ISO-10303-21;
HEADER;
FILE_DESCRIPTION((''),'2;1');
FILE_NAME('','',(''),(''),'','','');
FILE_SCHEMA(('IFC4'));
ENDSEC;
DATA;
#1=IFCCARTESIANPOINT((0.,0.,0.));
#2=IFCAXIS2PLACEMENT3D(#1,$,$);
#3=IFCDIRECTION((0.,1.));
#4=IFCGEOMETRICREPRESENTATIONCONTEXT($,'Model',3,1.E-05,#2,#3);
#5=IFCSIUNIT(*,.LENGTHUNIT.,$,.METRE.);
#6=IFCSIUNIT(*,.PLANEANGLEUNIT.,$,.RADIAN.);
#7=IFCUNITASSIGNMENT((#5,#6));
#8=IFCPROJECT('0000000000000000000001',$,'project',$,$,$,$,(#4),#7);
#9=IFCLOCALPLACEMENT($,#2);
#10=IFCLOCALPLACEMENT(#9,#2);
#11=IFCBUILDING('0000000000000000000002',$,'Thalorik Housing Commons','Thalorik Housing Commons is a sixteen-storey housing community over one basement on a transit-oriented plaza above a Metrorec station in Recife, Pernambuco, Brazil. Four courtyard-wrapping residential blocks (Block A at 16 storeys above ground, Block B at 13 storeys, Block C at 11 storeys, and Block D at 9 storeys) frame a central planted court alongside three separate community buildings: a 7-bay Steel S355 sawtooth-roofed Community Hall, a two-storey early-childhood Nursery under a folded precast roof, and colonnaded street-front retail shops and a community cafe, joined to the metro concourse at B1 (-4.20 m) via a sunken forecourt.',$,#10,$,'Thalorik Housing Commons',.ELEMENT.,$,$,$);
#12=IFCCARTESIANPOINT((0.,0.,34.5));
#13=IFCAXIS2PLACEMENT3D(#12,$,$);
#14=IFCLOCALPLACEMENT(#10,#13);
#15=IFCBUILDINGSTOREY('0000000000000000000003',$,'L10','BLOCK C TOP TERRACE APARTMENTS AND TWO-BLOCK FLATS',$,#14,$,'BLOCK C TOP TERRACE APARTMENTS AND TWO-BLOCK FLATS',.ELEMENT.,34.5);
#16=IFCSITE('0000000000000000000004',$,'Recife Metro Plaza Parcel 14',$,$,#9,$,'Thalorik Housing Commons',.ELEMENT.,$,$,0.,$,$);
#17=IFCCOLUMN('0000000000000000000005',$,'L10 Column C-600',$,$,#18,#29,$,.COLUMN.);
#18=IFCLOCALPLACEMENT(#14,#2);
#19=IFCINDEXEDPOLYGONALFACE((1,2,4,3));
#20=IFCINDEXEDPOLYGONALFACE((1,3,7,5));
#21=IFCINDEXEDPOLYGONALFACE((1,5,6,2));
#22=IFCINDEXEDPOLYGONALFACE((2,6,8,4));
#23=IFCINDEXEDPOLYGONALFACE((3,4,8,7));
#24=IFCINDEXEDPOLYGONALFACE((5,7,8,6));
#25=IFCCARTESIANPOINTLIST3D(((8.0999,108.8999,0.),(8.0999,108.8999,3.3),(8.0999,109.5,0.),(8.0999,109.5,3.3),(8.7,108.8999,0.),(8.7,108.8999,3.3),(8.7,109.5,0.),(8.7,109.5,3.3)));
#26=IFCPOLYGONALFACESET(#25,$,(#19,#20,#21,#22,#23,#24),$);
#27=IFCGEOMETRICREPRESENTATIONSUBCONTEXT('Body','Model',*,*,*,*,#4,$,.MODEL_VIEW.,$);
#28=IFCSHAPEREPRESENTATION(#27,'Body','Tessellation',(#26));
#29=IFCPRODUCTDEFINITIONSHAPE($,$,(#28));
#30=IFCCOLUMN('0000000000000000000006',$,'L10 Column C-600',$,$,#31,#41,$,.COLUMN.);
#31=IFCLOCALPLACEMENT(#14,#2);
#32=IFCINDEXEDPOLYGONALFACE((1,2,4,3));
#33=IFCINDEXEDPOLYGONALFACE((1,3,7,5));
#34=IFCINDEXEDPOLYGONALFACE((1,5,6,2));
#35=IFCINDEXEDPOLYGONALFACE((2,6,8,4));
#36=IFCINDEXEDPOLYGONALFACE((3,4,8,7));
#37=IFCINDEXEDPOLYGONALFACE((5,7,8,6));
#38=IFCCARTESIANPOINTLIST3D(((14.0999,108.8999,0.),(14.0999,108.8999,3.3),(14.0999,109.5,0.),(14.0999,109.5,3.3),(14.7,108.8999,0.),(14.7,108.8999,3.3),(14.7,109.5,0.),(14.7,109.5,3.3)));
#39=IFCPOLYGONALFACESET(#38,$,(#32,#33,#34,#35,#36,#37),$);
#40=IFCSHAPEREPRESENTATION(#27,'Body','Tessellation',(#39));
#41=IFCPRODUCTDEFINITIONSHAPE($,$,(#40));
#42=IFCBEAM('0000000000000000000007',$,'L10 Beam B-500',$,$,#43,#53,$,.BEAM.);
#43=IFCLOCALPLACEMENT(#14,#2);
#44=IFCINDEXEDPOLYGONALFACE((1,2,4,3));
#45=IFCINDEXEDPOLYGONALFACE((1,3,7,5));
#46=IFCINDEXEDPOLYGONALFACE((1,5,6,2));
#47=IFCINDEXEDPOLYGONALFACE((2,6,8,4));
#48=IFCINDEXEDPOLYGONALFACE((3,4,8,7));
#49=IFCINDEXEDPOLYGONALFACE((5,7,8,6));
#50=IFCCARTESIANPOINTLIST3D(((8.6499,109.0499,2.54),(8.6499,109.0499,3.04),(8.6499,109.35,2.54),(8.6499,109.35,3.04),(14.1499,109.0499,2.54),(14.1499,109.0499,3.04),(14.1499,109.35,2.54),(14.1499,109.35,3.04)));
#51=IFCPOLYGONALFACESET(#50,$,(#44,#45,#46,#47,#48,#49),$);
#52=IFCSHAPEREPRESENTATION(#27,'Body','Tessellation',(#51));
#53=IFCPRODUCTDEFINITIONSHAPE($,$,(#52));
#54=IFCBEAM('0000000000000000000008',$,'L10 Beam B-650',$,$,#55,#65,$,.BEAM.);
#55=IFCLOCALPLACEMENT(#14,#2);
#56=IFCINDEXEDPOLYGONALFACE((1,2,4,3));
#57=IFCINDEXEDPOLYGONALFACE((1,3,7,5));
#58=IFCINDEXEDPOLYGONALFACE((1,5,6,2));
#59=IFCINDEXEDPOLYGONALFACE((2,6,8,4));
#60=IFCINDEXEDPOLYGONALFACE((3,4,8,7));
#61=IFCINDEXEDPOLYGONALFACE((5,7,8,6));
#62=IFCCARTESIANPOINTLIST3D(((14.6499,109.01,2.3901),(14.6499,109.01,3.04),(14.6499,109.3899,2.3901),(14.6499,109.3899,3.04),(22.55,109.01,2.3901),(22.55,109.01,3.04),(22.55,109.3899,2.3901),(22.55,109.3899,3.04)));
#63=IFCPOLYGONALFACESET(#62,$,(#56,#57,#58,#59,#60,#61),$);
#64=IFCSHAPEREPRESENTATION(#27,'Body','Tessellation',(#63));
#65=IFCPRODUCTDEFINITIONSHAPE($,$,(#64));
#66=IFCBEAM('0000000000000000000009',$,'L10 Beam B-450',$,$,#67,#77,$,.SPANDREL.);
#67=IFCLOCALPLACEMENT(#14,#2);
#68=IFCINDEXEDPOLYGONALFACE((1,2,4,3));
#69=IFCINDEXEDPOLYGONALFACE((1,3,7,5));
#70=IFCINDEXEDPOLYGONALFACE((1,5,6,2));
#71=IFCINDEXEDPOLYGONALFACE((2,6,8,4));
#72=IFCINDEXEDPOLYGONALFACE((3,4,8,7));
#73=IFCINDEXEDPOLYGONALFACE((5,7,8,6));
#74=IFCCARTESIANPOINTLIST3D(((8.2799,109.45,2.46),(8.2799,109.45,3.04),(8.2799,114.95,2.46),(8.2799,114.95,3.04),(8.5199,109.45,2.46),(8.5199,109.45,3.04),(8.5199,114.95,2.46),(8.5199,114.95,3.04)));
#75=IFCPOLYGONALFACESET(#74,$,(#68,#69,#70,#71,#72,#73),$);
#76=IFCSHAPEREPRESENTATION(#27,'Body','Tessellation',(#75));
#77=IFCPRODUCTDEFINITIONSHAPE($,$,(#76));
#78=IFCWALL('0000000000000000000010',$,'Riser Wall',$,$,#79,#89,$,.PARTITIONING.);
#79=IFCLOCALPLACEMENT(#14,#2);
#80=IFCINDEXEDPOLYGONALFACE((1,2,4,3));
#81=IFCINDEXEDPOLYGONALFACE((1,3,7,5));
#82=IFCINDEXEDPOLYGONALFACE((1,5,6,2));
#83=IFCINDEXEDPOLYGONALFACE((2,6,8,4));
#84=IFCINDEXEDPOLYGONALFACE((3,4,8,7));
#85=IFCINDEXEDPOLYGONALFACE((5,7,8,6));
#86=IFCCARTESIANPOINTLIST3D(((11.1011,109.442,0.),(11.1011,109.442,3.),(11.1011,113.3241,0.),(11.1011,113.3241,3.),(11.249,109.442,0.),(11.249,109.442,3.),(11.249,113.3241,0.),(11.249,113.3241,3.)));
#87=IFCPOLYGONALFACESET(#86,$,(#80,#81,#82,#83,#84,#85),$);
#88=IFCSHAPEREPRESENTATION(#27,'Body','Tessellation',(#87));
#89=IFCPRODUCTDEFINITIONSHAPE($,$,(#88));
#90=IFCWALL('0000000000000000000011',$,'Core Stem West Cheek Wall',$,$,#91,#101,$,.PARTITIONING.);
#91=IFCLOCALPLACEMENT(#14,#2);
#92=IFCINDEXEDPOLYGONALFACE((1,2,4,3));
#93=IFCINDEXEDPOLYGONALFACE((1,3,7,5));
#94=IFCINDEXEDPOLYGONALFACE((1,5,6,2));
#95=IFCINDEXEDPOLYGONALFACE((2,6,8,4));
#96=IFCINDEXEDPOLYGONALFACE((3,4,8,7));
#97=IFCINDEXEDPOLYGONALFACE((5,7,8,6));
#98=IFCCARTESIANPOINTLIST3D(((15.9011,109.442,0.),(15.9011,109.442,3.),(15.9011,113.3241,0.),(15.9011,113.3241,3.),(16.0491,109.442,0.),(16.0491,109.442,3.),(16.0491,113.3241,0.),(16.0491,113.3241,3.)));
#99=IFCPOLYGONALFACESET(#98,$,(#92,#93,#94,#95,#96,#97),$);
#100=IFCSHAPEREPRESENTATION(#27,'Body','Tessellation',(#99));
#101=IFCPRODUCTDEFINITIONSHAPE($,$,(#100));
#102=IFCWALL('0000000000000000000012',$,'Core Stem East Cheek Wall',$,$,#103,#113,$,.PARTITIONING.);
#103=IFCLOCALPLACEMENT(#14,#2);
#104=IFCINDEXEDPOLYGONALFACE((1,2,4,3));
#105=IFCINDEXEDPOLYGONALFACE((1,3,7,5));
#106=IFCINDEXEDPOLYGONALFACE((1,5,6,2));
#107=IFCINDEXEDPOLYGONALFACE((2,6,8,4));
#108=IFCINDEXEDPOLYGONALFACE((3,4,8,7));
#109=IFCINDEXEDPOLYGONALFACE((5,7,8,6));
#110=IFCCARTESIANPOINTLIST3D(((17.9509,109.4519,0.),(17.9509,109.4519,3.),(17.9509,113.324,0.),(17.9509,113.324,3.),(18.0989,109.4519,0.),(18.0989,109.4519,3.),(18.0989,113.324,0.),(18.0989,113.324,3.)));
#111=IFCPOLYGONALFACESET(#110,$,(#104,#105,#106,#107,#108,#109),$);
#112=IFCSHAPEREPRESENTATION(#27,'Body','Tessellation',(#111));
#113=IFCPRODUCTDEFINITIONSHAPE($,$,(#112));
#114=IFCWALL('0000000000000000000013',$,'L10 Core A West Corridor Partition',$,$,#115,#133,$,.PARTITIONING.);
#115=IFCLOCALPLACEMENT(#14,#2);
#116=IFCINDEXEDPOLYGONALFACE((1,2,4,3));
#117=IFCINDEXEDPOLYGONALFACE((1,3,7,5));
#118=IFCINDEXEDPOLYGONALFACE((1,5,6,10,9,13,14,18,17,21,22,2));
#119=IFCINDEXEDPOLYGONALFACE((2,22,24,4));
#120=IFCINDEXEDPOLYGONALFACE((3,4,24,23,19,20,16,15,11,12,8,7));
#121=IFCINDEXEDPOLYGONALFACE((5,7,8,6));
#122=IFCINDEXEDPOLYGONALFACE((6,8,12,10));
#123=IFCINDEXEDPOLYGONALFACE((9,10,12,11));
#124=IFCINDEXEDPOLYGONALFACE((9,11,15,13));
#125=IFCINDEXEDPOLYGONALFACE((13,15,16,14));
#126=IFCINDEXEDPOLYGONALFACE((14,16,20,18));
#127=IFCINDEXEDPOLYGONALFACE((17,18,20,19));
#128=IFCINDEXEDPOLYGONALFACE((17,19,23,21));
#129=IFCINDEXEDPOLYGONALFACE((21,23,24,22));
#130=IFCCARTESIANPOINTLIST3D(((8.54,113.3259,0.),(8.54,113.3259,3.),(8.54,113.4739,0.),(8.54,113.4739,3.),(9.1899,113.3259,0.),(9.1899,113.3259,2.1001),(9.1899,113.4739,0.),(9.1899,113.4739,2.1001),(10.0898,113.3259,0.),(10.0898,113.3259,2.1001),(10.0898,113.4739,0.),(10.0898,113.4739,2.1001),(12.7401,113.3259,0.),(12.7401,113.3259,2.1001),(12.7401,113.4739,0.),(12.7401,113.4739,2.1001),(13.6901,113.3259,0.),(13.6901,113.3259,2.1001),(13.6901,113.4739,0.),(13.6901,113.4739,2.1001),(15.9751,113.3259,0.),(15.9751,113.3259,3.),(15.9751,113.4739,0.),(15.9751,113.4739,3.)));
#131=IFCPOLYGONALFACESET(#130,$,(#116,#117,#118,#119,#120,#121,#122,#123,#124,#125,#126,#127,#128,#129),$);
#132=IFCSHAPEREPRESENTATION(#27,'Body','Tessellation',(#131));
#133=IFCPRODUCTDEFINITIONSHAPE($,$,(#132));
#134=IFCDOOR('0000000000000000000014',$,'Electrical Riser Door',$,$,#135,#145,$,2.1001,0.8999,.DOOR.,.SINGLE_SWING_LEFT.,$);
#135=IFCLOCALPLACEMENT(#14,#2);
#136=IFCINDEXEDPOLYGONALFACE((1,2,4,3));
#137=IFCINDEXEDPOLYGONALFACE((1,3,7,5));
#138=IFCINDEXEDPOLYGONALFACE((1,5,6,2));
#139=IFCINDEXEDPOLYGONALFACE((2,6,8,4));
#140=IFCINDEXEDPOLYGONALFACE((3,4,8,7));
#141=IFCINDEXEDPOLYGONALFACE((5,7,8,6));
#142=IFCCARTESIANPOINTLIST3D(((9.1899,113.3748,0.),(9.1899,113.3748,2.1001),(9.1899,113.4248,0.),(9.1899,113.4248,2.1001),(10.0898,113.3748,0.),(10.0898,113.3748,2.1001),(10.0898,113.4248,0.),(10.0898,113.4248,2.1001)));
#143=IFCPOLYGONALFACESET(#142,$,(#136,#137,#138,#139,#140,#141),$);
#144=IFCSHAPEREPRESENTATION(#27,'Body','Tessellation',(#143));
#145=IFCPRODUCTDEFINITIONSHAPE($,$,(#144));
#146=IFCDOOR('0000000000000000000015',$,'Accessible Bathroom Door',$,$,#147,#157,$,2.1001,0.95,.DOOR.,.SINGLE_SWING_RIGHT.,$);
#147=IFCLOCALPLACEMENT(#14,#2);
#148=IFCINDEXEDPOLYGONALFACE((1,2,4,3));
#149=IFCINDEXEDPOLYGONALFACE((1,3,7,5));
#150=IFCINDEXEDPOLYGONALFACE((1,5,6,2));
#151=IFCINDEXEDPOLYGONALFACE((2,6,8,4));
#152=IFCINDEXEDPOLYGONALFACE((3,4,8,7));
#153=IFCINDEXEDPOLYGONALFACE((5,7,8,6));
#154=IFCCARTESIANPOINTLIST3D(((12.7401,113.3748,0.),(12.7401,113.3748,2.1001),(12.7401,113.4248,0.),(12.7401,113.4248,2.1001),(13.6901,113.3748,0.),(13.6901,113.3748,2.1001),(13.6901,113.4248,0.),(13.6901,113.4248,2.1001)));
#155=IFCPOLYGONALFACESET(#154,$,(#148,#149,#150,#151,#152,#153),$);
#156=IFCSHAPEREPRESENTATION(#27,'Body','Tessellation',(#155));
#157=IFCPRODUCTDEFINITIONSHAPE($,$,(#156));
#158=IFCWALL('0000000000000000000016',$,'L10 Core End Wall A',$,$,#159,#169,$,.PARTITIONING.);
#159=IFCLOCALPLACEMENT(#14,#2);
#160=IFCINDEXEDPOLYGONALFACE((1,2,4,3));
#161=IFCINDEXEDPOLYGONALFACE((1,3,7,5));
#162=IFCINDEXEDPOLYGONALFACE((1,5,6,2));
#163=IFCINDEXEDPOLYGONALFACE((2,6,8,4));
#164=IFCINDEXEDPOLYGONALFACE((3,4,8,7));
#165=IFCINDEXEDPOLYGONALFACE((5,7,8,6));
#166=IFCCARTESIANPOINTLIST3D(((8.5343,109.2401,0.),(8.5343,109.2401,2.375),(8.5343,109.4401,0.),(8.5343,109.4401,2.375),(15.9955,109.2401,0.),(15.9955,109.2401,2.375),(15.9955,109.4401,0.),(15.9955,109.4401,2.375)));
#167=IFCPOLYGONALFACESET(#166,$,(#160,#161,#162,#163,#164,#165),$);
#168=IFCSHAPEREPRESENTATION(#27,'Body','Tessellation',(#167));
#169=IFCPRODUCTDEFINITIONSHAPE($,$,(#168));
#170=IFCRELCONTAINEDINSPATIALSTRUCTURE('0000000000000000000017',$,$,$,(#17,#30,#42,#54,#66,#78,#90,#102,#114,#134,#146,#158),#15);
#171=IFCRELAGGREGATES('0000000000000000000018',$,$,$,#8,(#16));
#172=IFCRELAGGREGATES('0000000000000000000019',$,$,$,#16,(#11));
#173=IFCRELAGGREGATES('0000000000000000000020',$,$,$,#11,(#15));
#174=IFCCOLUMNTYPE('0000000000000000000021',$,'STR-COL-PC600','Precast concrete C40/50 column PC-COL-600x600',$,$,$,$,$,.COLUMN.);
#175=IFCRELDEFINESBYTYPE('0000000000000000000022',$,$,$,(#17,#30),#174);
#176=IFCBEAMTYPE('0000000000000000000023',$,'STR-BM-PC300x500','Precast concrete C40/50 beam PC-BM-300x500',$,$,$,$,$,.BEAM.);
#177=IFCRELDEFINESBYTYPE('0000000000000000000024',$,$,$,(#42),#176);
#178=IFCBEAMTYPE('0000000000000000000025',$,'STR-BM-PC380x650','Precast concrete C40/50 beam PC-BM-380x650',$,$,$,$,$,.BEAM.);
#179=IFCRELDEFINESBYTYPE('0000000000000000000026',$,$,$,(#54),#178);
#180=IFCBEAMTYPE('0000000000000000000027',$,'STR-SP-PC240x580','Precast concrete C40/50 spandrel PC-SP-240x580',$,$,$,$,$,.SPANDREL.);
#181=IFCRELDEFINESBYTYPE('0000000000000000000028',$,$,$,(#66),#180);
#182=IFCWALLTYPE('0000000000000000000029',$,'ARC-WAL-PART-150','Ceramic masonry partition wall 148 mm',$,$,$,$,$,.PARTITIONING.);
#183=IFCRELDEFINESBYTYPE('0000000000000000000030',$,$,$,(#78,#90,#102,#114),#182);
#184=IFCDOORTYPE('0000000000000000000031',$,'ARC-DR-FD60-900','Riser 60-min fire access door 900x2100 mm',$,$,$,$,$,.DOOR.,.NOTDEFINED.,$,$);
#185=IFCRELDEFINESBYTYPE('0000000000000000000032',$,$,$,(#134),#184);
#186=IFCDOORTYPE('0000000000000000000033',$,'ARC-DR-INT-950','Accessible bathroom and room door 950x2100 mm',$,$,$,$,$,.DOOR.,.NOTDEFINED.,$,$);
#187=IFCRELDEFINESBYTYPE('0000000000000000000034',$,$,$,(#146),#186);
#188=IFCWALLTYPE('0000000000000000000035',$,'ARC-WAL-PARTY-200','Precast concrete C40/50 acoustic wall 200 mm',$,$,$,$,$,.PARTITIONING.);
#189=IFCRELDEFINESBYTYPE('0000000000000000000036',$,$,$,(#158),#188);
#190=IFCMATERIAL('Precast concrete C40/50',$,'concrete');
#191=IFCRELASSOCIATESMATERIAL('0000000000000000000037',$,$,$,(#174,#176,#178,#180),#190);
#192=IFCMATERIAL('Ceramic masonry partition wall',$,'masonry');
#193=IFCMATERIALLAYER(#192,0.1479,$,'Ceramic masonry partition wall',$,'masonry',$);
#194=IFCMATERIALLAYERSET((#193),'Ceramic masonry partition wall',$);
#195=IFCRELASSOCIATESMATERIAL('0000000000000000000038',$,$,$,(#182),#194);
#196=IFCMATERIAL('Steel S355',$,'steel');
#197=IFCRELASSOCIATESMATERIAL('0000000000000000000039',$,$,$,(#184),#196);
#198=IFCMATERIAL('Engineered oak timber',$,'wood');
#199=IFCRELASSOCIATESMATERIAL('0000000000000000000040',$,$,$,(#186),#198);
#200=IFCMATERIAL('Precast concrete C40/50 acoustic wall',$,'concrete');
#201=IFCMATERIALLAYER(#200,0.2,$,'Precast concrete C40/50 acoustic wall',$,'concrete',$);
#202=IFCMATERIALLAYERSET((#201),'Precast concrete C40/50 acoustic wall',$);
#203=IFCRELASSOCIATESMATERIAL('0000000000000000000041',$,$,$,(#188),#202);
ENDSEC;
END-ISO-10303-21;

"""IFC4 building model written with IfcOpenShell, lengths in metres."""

from ifc_helpers import new_model, si_unit, direction, frame, frame_2d, origin, origin_2d, place, context, subcontext, project, spatial, rectangle, extrude, material, layer, layer_set, material_profile, profile_set, type_object, element, fill, save


model = new_model("IFC4")

# Units and contexts
model_context = context("Model", 3, precision=1e-05, world=origin(), true_north=direction((0.0, 1.0)))
body_context = subcontext(model_context, "Body", "Model", "MODEL_VIEW")
ifc_project = project(units=[si_unit("LENGTHUNIT", "METRE"), si_unit("PLANEANGLEUNIT", "RADIAN")], contexts=[model_context])

# Site, building, storey
site_placement = place(None, origin())
site = spatial("IfcSite", under=ifc_project, at=site_placement, Name="Recife Metro Plaza Parcel 14", LongName="Thalorik Housing Commons", CompositionType="ELEMENT", RefElevation=0.0)
building_placement = place(site_placement, origin())
building = spatial("IfcBuilding", under=site, at=building_placement, Name="Thalorik Housing Commons", Description="Thalorik Housing Commons is a sixteen-storey housing community over one basement on a transit-oriented plaza above a Metrorec station in Recife, Pernambuco, Brazil. Four courtyard-wrapping residential blocks (Block A at 16 storeys above ground, Block B at 13 storeys, Block C at 11 storeys, and Block D at 9 storeys) frame a central planted court alongside three separate community buildings: a 7-bay Steel S355 sawtooth-roofed Community Hall, a two-storey early-childhood Nursery under a folded precast roof, and colonnaded street-front retail shops and a community cafe, joined to the metro concourse at B1 (-4.20 m) via a sunken forecourt.", LongName="Thalorik Housing Commons", CompositionType="ELEMENT")
storey_placement = place(building_placement, frame((0.0, 0.0, 34.5)))
storey = spatial("IfcBuildingStorey", under=building, at=storey_placement, Name="L10", Description="BLOCK C TOP TERRACE APARTMENTS AND TWO-BLOCK FLATS", LongName="BLOCK C TOP TERRACE APARTMENTS AND TWO-BLOCK FLATS", CompositionType="ELEMENT", Elevation=34.5)

# Columns
ifc_material_1 = material(Name="Precast concrete C40/50", Category="concrete")
ifc_material_profile_1 = material_profile(ifc_material_1, rectangle(XDim=0.6001, YDim=0.6001, at=origin_2d()), Name="PC 600x600", Category="concrete")
ifc_profile_set_1 = profile_set([ifc_material_profile_1], Name="Precast concrete C40/50")
column_type = type_object("IfcColumnType", Name="STR-COL-PC600", Description="Precast concrete C40/50 column PC-COL-600x600", PredefinedType="COLUMN", material=ifc_profile_set_1)
for number, where, z_axis, x_axis, name in (
    (1, (8.3999, 109.2, 0.0), (0.0, 0.0, 1.0), (1.0, 0.0, 0.0), "L10 Column C-600"),
    (2, (14.3999, 109.2, 0.0), (0.0, 0.0, 1.0), (1.0, 0.0, 0.0), "L10 Column C-600"),
):
    element("IfcColumn", number, at=place(storey_placement, frame(where, z_axis=z_axis, x_axis=x_axis)), inside=storey, type_object=column_type, Name=name, PredefinedType="COLUMN", context=body_context, shape_type="SweptSolid", body=[
        extrude(rectangle(XDim=0.6001, YDim=0.6001, at=origin_2d()), origin(), (0.0, 0.0, 1.0), 3.3),
    ])

# Beams
ifc_material_profile_2 = material_profile(ifc_material_1, rectangle(XDim=0.3, YDim=0.5, at=origin_2d()), Name="PC 300x500", Category="concrete")
ifc_profile_set_2 = profile_set([ifc_material_profile_2], Name="Precast concrete C40/50")
beam_type_1 = type_object("IfcBeamType", Name="STR-BM-PC300x500", Description="Precast concrete C40/50 beam PC-BM-300x500", PredefinedType="BEAM", material=ifc_profile_set_2)
beam_1_placement = place(storey_placement, frame((8.6499, 109.2, 2.79), z_axis=(1.0, 0.0, 0.0), x_axis=(0.0, 1.0, 0.0)))
element("IfcBeam", 3, at=beam_1_placement, inside=storey, type_object=beam_type_1, Name="L10 Beam B-500", PredefinedType="BEAM", context=body_context, shape_type="SweptSolid", body=[
    extrude(rectangle(XDim=0.3, YDim=0.5, at=origin_2d()), origin(), (0.0, 0.0, 1.0), 5.5),
])
ifc_material_profile_3 = material_profile(ifc_material_1, rectangle(XDim=0.3799, YDim=0.6499, at=origin_2d()), Name="PC 380x650", Category="concrete")
ifc_profile_set_3 = profile_set([ifc_material_profile_3], Name="Precast concrete C40/50")
beam_type_2 = type_object("IfcBeamType", Name="STR-BM-PC380x650", Description="Precast concrete C40/50 beam PC-BM-380x650", PredefinedType="BEAM", material=ifc_profile_set_3)
beam_2_placement = place(storey_placement, frame((14.6499, 109.2, 2.7151), z_axis=(1.0, 0.0, 0.0), x_axis=(0.0, 1.0, 0.0)))
element("IfcBeam", 4, at=beam_2_placement, inside=storey, type_object=beam_type_2, Name="L10 Beam B-650", PredefinedType="BEAM", context=body_context, shape_type="SweptSolid", body=[
    extrude(rectangle(XDim=0.3799, YDim=0.6499, at=origin_2d()), origin(), (0.0, 0.0, 1.0), 7.9001),
])
ifc_material_profile_4 = material_profile(ifc_material_1, rectangle(XDim=0.24, YDim=0.5801, at=origin_2d()), Name="PC SP 240x580", Category="concrete")
ifc_profile_set_4 = profile_set([ifc_material_profile_4], Name="Precast concrete C40/50")
beam_type_3 = type_object("IfcBeamType", Name="STR-SP-PC240x580", Description="Precast concrete C40/50 spandrel PC-SP-240x580", PredefinedType="SPANDREL", material=ifc_profile_set_4)
beam_3_placement = place(storey_placement, frame((8.3999, 109.45, 2.75), z_axis=(0.0, 1.0, 0.0), x_axis=(-1.0, 0.0, 0.0)))
element("IfcBeam", 5, at=beam_3_placement, inside=storey, type_object=beam_type_3, Name="L10 Beam B-450", PredefinedType="SPANDREL", context=body_context, shape_type="SweptSolid", body=[
    extrude(rectangle(XDim=0.24, YDim=0.5801, at=origin_2d()), origin(), (0.0, 0.0, 1.0), 5.5),
])

# Walls
ifc_material_2 = material(Name="Ceramic masonry partition wall", Category="masonry")
ifc_layer_1 = layer(ifc_material_2, 0.1479, Name="Ceramic masonry partition wall", Category="masonry")
ifc_layer_set_1 = layer_set([ifc_layer_1], Name="Ceramic masonry partition wall")
wall_type_1 = type_object("IfcWallType", Name="ARC-WAL-PART-150", Description="Ceramic masonry partition wall 148 mm", PredefinedType="PARTITIONING", material=ifc_layer_set_1)
for number, where, z_axis, x_axis, name in (
    (6, (11.175, 113.324, 0.0), (0.0, 0.0, 1.0), (0.0, -1.0, 0.0), "Riser Wall"),
    (7, (15.9751, 113.324, 0.0), (0.0, 0.0, 1.0), (0.0, -1.0, 0.0), "Core Stem West Cheek Wall"),
):
    element("IfcWall", number, at=place(storey_placement, frame(where, z_axis=z_axis, x_axis=x_axis)), inside=storey, type_object=wall_type_1, Name=name, PredefinedType="PARTITIONING", context=body_context, shape_type="SweptSolid", body=[
        extrude(rectangle(XDim=3.8821, YDim=0.1479, at=frame_2d((1.9409, 0.0))), origin(), (0.0, 0.0, 1.0), 3.0),
    ])
wall_1_placement = place(storey_placement, frame((18.0249, 113.324, 0.0), z_axis=(0.0, 0.0, 1.0), x_axis=(0.0, -1.0, 0.0)))
element("IfcWall", 8, at=wall_1_placement, inside=storey, type_object=wall_type_1, Name="Core Stem East Cheek Wall", PredefinedType="PARTITIONING", context=body_context, shape_type="SweptSolid", body=[
    extrude(rectangle(XDim=3.8721, YDim=0.1479, at=frame_2d((1.936, 0.0))), origin(), (0.0, 0.0, 1.0), 3.0),
])

# Wall, openings, doors
wall_2_placement = place(storey_placement, frame((8.54, 113.3999, 0.0), z_axis=(0.0, 0.0, 1.0), x_axis=(1.0, 0.0, 0.0)))
wall_2 = element("IfcWall", 9, at=wall_2_placement, inside=storey, type_object=wall_type_1, Name="L10 Core A West Corridor Partition", PredefinedType="PARTITIONING", context=body_context, shape_type="SweptSolid", body=[
    extrude(rectangle(XDim=7.4351, YDim=0.1479, at=frame_2d((3.7175, 0.0))), origin(), (0.0, 0.0, 1.0), 3.0),
])
opening_1_placement = place(wall_2_placement, frame((0.6499, 0.0, 0.0)))
opening_1 = element("IfcOpeningElement", 10, at=opening_1_placement, cuts=wall_2, PredefinedType="OPENING", context=body_context, shape_type="SweptSolid", body=[
    extrude(rectangle(XDim=0.8999, YDim=2.1001, at=frame_2d((0.45, 1.05))), frame((0.0, 0.084, 0.0), z_axis=(0.0, -1.0, 0.0), x_axis=(1.0, 0.0, 0.0)), (0.0, 0.0, 1.0), 0.168),
])
opening_2_placement = place(wall_2_placement, frame((4.2, 0.0, 0.0)))
opening_2 = element("IfcOpeningElement", 11, at=opening_2_placement, cuts=wall_2, PredefinedType="OPENING", context=body_context, shape_type="SweptSolid", body=[
    extrude(rectangle(XDim=0.95, YDim=2.1001, at=frame_2d((0.4751, 1.05))), frame((0.0, 0.084, 0.0), z_axis=(0.0, -1.0, 0.0), x_axis=(1.0, 0.0, 0.0)), (0.0, 0.0, 1.0), 0.168),
])
ifc_material_3 = material(Name="Steel S355", Category="steel")
door_type_1 = type_object("IfcDoorType", Name="ARC-DR-FD60-900", Description="Riser 60-min fire access door 900x2100 mm", OperationType="NOTDEFINED", PredefinedType="DOOR", material=ifc_material_3)
door_1_placement = place(opening_1_placement, origin())
door_1 = element("IfcDoor", 12, at=door_1_placement, inside=storey, type_object=door_type_1, Name="Electrical Riser Door", OperationType="SINGLE_SWING_LEFT", OverallHeight=2.1001, OverallWidth=0.8999, PredefinedType="DOOR", context=body_context, shape_type="SweptSolid", body=[
    extrude(rectangle(XDim=0.8999, YDim=2.1001, at=frame_2d((0.45, 1.05))), frame((0.0, 0.0249, 0.0), z_axis=(0.0, -1.0, 0.0), x_axis=(1.0, 0.0, 0.0)), (0.0, 0.0, 1.0), 0.05),
])
fill(opening_1, door_1)
ifc_material_4 = material(Name="Engineered oak timber", Category="wood")
door_type_2 = type_object("IfcDoorType", Name="ARC-DR-INT-950", Description="Accessible bathroom and room door 950x2100 mm", OperationType="NOTDEFINED", PredefinedType="DOOR", material=ifc_material_4)
door_2_placement = place(opening_2_placement, origin())
door_2 = element("IfcDoor", 13, at=door_2_placement, inside=storey, type_object=door_type_2, Name="Accessible Bathroom Door", OperationType="SINGLE_SWING_RIGHT", OverallHeight=2.1001, OverallWidth=0.95, PredefinedType="DOOR", context=body_context, shape_type="SweptSolid", body=[
    extrude(rectangle(XDim=0.95, YDim=2.1001, at=frame_2d((0.4751, 1.05))), frame((0.0, 0.0249, 0.0), z_axis=(0.0, -1.0, 0.0), x_axis=(1.0, 0.0, 0.0)), (0.0, 0.0, 1.0), 0.05),
])
fill(opening_2, door_2)

# Wall
ifc_material_5 = material(Name="Precast concrete C40/50 acoustic wall", Category="concrete")
ifc_layer_2 = layer(ifc_material_5, 0.2, Name="Precast concrete C40/50 acoustic wall", Category="concrete")
ifc_layer_set_2 = layer_set([ifc_layer_2], Name="Precast concrete C40/50 acoustic wall")
wall_type_2 = type_object("IfcWallType", Name="ARC-WAL-PARTY-200", Description="Precast concrete C40/50 acoustic wall 200 mm", PredefinedType="PARTITIONING", material=ifc_layer_set_2)
wall_3_placement = place(storey_placement, frame((8.5344, 109.3401, 0.0), z_axis=(0.0, 0.0, 1.0), x_axis=(1.0, 0.0, 0.0)))
element("IfcWall", 14, at=wall_3_placement, inside=storey, type_object=wall_type_2, Name="L10 Core End Wall A", PredefinedType="PARTITIONING", context=body_context, shape_type="SweptSolid", body=[
    extrude(rectangle(XDim=7.4612, YDim=0.2, at=frame_2d((3.7305, 0.0))), origin(), (0.0, 0.0, 1.0), 2.375),
])

save(model, "model.ifc")
